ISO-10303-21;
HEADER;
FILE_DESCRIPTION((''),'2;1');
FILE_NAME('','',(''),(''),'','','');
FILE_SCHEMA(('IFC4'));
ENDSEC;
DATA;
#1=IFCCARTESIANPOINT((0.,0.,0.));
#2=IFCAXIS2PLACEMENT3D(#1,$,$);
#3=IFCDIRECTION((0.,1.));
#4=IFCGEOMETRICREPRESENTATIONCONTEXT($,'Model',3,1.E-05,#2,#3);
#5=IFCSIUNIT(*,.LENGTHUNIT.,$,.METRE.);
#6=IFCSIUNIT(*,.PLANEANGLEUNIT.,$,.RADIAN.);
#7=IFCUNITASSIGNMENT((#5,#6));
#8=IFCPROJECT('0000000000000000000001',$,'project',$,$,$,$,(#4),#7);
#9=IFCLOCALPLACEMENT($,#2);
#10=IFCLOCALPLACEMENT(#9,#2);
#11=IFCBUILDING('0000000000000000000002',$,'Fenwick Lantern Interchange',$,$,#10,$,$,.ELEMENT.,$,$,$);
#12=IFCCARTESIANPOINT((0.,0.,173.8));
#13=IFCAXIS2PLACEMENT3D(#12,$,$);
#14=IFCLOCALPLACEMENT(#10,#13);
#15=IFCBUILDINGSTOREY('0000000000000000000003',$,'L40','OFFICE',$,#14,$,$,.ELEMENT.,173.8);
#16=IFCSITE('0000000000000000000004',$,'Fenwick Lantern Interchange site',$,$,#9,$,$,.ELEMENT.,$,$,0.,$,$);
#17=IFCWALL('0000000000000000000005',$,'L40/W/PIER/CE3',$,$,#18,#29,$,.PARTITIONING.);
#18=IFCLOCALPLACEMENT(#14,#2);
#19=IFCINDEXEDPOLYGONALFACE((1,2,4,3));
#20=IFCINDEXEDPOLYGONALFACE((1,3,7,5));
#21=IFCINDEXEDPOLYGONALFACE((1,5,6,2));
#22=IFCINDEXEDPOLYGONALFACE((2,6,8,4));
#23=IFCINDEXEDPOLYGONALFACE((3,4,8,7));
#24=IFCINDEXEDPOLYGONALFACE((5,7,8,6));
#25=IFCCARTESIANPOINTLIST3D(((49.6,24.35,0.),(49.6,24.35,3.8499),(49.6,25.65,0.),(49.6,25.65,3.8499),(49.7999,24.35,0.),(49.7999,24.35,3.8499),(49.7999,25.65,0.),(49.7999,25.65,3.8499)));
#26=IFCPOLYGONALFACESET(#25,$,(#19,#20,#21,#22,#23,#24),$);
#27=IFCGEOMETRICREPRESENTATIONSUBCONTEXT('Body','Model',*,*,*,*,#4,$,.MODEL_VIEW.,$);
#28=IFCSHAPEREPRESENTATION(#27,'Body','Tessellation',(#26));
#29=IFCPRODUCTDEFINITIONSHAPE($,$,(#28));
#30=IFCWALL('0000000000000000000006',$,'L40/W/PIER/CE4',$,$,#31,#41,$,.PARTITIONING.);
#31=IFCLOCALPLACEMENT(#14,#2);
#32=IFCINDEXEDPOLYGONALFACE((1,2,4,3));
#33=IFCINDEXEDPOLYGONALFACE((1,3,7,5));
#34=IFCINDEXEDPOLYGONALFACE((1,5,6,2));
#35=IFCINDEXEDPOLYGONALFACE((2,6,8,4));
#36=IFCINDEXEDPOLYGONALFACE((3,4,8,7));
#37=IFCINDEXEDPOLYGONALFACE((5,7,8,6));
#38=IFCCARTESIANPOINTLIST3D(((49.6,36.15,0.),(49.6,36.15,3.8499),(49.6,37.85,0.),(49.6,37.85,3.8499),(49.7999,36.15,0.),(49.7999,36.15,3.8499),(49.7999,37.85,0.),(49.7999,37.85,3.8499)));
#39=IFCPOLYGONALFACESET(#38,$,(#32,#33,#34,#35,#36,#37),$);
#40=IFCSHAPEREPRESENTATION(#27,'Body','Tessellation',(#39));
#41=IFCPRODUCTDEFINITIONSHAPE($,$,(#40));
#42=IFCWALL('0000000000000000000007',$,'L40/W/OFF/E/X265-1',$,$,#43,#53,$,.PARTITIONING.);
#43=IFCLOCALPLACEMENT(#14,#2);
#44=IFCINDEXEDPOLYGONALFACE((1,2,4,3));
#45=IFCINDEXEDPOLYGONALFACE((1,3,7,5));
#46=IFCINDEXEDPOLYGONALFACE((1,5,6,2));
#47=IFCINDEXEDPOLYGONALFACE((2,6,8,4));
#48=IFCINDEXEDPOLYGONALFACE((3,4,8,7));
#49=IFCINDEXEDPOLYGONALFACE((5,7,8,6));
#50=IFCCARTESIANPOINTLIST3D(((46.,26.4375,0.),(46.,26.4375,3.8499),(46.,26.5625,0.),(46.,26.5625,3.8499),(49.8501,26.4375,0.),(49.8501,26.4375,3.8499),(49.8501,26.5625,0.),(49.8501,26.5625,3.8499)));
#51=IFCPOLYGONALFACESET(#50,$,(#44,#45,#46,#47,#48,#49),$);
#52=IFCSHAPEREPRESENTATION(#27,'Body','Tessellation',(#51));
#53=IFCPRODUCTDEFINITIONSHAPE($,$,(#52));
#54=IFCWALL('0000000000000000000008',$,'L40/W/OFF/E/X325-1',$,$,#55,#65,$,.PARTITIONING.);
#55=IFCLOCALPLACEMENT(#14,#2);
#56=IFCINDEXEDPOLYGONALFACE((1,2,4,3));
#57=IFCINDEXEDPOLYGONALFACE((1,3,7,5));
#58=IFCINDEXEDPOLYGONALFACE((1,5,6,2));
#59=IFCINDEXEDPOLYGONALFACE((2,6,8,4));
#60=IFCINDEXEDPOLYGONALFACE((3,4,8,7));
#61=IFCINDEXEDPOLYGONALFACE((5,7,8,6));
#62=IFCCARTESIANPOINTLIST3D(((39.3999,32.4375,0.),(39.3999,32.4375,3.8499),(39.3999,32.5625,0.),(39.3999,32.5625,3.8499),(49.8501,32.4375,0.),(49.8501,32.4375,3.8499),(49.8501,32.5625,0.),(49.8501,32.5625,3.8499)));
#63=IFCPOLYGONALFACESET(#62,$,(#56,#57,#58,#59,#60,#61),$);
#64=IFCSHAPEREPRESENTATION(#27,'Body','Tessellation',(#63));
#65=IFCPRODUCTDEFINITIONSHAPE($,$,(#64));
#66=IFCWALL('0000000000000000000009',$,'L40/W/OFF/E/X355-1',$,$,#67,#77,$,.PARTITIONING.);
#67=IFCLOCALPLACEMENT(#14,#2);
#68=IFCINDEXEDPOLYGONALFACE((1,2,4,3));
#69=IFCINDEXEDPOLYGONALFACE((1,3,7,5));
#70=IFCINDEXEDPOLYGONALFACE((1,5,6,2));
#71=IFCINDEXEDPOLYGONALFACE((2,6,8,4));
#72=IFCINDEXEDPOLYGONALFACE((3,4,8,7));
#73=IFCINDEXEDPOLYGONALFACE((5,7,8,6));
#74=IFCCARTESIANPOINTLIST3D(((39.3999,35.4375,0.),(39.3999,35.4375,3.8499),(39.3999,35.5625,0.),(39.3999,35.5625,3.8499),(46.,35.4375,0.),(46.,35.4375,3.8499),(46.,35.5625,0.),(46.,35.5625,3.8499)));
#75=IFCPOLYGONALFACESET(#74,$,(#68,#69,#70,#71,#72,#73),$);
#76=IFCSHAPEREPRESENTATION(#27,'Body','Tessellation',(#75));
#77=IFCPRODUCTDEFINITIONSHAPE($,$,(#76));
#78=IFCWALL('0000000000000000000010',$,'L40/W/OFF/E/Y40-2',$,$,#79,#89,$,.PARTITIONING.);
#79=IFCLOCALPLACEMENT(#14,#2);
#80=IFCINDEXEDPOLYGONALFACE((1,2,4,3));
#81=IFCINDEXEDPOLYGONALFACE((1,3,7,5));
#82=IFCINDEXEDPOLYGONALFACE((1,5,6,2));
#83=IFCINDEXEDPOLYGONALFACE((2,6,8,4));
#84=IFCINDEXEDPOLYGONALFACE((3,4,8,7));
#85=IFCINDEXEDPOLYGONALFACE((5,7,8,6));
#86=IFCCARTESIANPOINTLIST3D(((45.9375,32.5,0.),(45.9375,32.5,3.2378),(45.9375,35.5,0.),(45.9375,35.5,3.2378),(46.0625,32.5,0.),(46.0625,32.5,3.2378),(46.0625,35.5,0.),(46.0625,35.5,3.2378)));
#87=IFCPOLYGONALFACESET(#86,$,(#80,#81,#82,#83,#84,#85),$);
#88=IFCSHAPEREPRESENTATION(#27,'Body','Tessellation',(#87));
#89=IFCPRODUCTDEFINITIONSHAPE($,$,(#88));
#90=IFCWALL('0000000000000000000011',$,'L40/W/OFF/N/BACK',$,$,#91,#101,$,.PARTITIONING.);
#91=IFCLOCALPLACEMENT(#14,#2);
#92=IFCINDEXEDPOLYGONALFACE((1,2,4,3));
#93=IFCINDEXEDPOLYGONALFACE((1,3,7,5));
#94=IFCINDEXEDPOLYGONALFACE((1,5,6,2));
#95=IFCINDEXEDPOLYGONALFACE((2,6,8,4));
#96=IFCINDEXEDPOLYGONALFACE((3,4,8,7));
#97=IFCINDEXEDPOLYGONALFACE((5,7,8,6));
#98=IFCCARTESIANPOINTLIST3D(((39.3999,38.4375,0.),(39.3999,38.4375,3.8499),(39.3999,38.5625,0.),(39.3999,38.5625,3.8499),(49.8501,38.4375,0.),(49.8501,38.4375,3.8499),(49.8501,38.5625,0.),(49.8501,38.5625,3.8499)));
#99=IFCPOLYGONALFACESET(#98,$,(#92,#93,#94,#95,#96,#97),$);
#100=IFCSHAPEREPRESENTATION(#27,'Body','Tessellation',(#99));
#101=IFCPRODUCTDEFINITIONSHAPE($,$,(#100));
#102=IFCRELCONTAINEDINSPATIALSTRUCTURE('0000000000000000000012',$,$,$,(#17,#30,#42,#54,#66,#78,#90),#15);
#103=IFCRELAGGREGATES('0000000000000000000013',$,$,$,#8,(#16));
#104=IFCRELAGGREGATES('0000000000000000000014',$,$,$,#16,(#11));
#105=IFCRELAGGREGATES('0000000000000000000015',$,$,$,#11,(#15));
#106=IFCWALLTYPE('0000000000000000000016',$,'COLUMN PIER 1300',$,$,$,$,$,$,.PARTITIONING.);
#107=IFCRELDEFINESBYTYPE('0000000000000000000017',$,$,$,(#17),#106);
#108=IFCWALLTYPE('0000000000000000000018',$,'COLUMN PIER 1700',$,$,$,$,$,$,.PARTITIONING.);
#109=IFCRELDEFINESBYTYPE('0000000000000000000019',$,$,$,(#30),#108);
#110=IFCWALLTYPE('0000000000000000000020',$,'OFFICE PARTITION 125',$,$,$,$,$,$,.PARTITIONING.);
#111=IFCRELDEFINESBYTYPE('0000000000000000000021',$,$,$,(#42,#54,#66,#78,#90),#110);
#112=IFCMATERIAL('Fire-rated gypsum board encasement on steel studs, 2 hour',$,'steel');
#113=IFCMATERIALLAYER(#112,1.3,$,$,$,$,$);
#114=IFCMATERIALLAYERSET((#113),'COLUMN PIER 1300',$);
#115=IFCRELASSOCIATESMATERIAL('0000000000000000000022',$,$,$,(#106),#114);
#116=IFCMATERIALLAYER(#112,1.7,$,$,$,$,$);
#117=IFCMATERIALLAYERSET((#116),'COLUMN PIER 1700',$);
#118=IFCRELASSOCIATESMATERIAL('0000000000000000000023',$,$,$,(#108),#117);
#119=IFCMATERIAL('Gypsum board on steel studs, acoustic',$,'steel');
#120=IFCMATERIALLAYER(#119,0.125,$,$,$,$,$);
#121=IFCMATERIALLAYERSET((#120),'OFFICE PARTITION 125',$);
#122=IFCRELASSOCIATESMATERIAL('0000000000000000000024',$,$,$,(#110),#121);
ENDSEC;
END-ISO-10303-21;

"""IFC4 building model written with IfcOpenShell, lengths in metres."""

from ifc_helpers import new_model, si_unit, direction, frame, frame_2d, origin, place, context, subcontext, project, spatial, rectangle, extrude, material, layer, layer_set, type_object, element, save


model = new_model("IFC4")

# Units and contexts
model_context = context("Model", 3, precision=1e-05, world=origin(), true_north=direction((0.0, 1.0)))
body_context = subcontext(model_context, "Body", "Model", "MODEL_VIEW")
ifc_project = project(units=[si_unit("LENGTHUNIT", "METRE"), si_unit("PLANEANGLEUNIT", "RADIAN")], contexts=[model_context])

# Site, building, storey
site_placement = place(None, origin())
site = spatial("IfcSite", under=ifc_project, at=site_placement, Name="Fenwick Lantern Interchange site", CompositionType="ELEMENT", RefElevation=0.0)
building_placement = place(site_placement, origin())
building = spatial("IfcBuilding", under=site, at=building_placement, Name="Fenwick Lantern Interchange", CompositionType="ELEMENT")
storey_placement = place(building_placement, frame((0.0, 0.0, 173.8)))
storey = spatial("IfcBuildingStorey", under=building, at=storey_placement, Name="L40", Description="OFFICE", CompositionType="ELEMENT", Elevation=173.8)

# Walls
ifc_material_1 = material(Name="Fire-rated gypsum board encasement on steel studs, 2 hour", Category="steel")
ifc_layer_1 = layer(ifc_material_1, 1.3)
ifc_layer_set_1 = layer_set([ifc_layer_1], Name="COLUMN PIER 1300")
wall_type_1 = type_object("IfcWallType", Name="COLUMN PIER 1300", PredefinedType="PARTITIONING", material=ifc_layer_set_1)
wall_1_placement = place(storey_placement, frame((49.8, 25.0, 0.0), z_axis=(0.0, 0.0, 1.0), x_axis=(-1.0, 0.0, 0.0)))
element("IfcWall", 1, at=wall_1_placement, inside=storey, type_object=wall_type_1, Name="L40/W/PIER/CE3", PredefinedType="PARTITIONING", context=body_context, shape_type="SweptSolid", body=[
    extrude(rectangle(XDim=0.2, YDim=1.3, at=frame_2d((0.1001, 0.0))), origin(), (0.0, 0.0, 1.0), 3.8499),
])
ifc_layer_2 = layer(ifc_material_1, 1.7)
ifc_layer_set_2 = layer_set([ifc_layer_2], Name="COLUMN PIER 1700")
wall_type_2 = type_object("IfcWallType", Name="COLUMN PIER 1700", PredefinedType="PARTITIONING", material=ifc_layer_set_2)
wall_2_placement = place(storey_placement, frame((49.8, 37.0, 0.0), z_axis=(0.0, 0.0, 1.0), x_axis=(-1.0, 0.0, 0.0)))
element("IfcWall", 2, at=wall_2_placement, inside=storey, type_object=wall_type_2, Name="L40/W/PIER/CE4", PredefinedType="PARTITIONING", context=body_context, shape_type="SweptSolid", body=[
    extrude(rectangle(XDim=0.2, YDim=1.7, at=frame_2d((0.1001, 0.0))), origin(), (0.0, 0.0, 1.0), 3.8499),
])
ifc_material_2 = material(Name="Gypsum board on steel studs, acoustic", Category="steel")
ifc_layer_3 = layer(ifc_material_2, 0.125)
ifc_layer_set_3 = layer_set([ifc_layer_3], Name="OFFICE PARTITION 125")
wall_type_3 = type_object("IfcWallType", Name="OFFICE PARTITION 125", PredefinedType="PARTITIONING", material=ifc_layer_set_3)
wall_3_placement = place(storey_placement, frame((49.8501, 26.5, 0.0), z_axis=(0.0, 0.0, 1.0), x_axis=(-1.0, 0.0, 0.0)))
element("IfcWall", 3, at=wall_3_placement, inside=storey, type_object=wall_type_3, Name="L40/W/OFF/E/X265-1", PredefinedType="PARTITIONING", context=body_context, shape_type="SweptSolid", body=[
    extrude(rectangle(XDim=3.8501, YDim=0.125, at=frame_2d((1.925, 0.0))), origin(), (0.0, 0.0, 1.0), 3.8499),
])
wall_4_placement = place(storey_placement, frame((49.8501, 32.5, 0.0), z_axis=(0.0, 0.0, 1.0), x_axis=(-1.0, 0.0, 0.0)))
element("IfcWall", 4, at=wall_4_placement, inside=storey, type_object=wall_type_3, Name="L40/W/OFF/E/X325-1", PredefinedType="PARTITIONING", context=body_context, shape_type="SweptSolid", body=[
    extrude(rectangle(XDim=10.4502, YDim=0.125, at=frame_2d((5.2251, 0.0))), origin(), (0.0, 0.0, 1.0), 3.8499),
])
wall_5_placement = place(storey_placement, frame((46.0, 35.5, 0.0), z_axis=(0.0, 0.0, 1.0), x_axis=(-1.0, 0.0, 0.0)))
element("IfcWall", 5, at=wall_5_placement, inside=storey, type_object=wall_type_3, Name="L40/W/OFF/E/X355-1", PredefinedType="PARTITIONING", context=body_context, shape_type="SweptSolid", body=[
    extrude(rectangle(XDim=6.6001, YDim=0.125, at=frame_2d((3.3, 0.0))), origin(), (0.0, 0.0, 1.0), 3.8499),
])
wall_6_placement = place(storey_placement, frame((46.0, 32.5, 0.0), z_axis=(0.0, 0.0, 1.0), x_axis=(0.0, 1.0, 0.0)))
element("IfcWall", 6, at=wall_6_placement, inside=storey, type_object=wall_type_3, Name="L40/W/OFF/E/Y40-2", PredefinedType="PARTITIONING", context=body_context, shape_type="SweptSolid", body=[
    extrude(rectangle(XDim=3.0, YDim=0.125, at=frame_2d((1.5, 0.0))), origin(), (0.0, 0.0, 1.0), 3.2378),
])
wall_7_placement = place(storey_placement, frame((49.8501, 38.5, 0.0), z_axis=(0.0, 0.0, 1.0), x_axis=(-1.0, 0.0, 0.0)))
element("IfcWall", 7, at=wall_7_placement, inside=storey, type_object=wall_type_3, Name="L40/W/OFF/N/BACK", PredefinedType="PARTITIONING", context=body_context, shape_type="SweptSolid", body=[
    extrude(rectangle(XDim=10.4502, YDim=0.125, at=frame_2d((5.2251, 0.0))), origin(), (0.0, 0.0, 1.0), 3.8499),
])

save(model, "model.ifc")
